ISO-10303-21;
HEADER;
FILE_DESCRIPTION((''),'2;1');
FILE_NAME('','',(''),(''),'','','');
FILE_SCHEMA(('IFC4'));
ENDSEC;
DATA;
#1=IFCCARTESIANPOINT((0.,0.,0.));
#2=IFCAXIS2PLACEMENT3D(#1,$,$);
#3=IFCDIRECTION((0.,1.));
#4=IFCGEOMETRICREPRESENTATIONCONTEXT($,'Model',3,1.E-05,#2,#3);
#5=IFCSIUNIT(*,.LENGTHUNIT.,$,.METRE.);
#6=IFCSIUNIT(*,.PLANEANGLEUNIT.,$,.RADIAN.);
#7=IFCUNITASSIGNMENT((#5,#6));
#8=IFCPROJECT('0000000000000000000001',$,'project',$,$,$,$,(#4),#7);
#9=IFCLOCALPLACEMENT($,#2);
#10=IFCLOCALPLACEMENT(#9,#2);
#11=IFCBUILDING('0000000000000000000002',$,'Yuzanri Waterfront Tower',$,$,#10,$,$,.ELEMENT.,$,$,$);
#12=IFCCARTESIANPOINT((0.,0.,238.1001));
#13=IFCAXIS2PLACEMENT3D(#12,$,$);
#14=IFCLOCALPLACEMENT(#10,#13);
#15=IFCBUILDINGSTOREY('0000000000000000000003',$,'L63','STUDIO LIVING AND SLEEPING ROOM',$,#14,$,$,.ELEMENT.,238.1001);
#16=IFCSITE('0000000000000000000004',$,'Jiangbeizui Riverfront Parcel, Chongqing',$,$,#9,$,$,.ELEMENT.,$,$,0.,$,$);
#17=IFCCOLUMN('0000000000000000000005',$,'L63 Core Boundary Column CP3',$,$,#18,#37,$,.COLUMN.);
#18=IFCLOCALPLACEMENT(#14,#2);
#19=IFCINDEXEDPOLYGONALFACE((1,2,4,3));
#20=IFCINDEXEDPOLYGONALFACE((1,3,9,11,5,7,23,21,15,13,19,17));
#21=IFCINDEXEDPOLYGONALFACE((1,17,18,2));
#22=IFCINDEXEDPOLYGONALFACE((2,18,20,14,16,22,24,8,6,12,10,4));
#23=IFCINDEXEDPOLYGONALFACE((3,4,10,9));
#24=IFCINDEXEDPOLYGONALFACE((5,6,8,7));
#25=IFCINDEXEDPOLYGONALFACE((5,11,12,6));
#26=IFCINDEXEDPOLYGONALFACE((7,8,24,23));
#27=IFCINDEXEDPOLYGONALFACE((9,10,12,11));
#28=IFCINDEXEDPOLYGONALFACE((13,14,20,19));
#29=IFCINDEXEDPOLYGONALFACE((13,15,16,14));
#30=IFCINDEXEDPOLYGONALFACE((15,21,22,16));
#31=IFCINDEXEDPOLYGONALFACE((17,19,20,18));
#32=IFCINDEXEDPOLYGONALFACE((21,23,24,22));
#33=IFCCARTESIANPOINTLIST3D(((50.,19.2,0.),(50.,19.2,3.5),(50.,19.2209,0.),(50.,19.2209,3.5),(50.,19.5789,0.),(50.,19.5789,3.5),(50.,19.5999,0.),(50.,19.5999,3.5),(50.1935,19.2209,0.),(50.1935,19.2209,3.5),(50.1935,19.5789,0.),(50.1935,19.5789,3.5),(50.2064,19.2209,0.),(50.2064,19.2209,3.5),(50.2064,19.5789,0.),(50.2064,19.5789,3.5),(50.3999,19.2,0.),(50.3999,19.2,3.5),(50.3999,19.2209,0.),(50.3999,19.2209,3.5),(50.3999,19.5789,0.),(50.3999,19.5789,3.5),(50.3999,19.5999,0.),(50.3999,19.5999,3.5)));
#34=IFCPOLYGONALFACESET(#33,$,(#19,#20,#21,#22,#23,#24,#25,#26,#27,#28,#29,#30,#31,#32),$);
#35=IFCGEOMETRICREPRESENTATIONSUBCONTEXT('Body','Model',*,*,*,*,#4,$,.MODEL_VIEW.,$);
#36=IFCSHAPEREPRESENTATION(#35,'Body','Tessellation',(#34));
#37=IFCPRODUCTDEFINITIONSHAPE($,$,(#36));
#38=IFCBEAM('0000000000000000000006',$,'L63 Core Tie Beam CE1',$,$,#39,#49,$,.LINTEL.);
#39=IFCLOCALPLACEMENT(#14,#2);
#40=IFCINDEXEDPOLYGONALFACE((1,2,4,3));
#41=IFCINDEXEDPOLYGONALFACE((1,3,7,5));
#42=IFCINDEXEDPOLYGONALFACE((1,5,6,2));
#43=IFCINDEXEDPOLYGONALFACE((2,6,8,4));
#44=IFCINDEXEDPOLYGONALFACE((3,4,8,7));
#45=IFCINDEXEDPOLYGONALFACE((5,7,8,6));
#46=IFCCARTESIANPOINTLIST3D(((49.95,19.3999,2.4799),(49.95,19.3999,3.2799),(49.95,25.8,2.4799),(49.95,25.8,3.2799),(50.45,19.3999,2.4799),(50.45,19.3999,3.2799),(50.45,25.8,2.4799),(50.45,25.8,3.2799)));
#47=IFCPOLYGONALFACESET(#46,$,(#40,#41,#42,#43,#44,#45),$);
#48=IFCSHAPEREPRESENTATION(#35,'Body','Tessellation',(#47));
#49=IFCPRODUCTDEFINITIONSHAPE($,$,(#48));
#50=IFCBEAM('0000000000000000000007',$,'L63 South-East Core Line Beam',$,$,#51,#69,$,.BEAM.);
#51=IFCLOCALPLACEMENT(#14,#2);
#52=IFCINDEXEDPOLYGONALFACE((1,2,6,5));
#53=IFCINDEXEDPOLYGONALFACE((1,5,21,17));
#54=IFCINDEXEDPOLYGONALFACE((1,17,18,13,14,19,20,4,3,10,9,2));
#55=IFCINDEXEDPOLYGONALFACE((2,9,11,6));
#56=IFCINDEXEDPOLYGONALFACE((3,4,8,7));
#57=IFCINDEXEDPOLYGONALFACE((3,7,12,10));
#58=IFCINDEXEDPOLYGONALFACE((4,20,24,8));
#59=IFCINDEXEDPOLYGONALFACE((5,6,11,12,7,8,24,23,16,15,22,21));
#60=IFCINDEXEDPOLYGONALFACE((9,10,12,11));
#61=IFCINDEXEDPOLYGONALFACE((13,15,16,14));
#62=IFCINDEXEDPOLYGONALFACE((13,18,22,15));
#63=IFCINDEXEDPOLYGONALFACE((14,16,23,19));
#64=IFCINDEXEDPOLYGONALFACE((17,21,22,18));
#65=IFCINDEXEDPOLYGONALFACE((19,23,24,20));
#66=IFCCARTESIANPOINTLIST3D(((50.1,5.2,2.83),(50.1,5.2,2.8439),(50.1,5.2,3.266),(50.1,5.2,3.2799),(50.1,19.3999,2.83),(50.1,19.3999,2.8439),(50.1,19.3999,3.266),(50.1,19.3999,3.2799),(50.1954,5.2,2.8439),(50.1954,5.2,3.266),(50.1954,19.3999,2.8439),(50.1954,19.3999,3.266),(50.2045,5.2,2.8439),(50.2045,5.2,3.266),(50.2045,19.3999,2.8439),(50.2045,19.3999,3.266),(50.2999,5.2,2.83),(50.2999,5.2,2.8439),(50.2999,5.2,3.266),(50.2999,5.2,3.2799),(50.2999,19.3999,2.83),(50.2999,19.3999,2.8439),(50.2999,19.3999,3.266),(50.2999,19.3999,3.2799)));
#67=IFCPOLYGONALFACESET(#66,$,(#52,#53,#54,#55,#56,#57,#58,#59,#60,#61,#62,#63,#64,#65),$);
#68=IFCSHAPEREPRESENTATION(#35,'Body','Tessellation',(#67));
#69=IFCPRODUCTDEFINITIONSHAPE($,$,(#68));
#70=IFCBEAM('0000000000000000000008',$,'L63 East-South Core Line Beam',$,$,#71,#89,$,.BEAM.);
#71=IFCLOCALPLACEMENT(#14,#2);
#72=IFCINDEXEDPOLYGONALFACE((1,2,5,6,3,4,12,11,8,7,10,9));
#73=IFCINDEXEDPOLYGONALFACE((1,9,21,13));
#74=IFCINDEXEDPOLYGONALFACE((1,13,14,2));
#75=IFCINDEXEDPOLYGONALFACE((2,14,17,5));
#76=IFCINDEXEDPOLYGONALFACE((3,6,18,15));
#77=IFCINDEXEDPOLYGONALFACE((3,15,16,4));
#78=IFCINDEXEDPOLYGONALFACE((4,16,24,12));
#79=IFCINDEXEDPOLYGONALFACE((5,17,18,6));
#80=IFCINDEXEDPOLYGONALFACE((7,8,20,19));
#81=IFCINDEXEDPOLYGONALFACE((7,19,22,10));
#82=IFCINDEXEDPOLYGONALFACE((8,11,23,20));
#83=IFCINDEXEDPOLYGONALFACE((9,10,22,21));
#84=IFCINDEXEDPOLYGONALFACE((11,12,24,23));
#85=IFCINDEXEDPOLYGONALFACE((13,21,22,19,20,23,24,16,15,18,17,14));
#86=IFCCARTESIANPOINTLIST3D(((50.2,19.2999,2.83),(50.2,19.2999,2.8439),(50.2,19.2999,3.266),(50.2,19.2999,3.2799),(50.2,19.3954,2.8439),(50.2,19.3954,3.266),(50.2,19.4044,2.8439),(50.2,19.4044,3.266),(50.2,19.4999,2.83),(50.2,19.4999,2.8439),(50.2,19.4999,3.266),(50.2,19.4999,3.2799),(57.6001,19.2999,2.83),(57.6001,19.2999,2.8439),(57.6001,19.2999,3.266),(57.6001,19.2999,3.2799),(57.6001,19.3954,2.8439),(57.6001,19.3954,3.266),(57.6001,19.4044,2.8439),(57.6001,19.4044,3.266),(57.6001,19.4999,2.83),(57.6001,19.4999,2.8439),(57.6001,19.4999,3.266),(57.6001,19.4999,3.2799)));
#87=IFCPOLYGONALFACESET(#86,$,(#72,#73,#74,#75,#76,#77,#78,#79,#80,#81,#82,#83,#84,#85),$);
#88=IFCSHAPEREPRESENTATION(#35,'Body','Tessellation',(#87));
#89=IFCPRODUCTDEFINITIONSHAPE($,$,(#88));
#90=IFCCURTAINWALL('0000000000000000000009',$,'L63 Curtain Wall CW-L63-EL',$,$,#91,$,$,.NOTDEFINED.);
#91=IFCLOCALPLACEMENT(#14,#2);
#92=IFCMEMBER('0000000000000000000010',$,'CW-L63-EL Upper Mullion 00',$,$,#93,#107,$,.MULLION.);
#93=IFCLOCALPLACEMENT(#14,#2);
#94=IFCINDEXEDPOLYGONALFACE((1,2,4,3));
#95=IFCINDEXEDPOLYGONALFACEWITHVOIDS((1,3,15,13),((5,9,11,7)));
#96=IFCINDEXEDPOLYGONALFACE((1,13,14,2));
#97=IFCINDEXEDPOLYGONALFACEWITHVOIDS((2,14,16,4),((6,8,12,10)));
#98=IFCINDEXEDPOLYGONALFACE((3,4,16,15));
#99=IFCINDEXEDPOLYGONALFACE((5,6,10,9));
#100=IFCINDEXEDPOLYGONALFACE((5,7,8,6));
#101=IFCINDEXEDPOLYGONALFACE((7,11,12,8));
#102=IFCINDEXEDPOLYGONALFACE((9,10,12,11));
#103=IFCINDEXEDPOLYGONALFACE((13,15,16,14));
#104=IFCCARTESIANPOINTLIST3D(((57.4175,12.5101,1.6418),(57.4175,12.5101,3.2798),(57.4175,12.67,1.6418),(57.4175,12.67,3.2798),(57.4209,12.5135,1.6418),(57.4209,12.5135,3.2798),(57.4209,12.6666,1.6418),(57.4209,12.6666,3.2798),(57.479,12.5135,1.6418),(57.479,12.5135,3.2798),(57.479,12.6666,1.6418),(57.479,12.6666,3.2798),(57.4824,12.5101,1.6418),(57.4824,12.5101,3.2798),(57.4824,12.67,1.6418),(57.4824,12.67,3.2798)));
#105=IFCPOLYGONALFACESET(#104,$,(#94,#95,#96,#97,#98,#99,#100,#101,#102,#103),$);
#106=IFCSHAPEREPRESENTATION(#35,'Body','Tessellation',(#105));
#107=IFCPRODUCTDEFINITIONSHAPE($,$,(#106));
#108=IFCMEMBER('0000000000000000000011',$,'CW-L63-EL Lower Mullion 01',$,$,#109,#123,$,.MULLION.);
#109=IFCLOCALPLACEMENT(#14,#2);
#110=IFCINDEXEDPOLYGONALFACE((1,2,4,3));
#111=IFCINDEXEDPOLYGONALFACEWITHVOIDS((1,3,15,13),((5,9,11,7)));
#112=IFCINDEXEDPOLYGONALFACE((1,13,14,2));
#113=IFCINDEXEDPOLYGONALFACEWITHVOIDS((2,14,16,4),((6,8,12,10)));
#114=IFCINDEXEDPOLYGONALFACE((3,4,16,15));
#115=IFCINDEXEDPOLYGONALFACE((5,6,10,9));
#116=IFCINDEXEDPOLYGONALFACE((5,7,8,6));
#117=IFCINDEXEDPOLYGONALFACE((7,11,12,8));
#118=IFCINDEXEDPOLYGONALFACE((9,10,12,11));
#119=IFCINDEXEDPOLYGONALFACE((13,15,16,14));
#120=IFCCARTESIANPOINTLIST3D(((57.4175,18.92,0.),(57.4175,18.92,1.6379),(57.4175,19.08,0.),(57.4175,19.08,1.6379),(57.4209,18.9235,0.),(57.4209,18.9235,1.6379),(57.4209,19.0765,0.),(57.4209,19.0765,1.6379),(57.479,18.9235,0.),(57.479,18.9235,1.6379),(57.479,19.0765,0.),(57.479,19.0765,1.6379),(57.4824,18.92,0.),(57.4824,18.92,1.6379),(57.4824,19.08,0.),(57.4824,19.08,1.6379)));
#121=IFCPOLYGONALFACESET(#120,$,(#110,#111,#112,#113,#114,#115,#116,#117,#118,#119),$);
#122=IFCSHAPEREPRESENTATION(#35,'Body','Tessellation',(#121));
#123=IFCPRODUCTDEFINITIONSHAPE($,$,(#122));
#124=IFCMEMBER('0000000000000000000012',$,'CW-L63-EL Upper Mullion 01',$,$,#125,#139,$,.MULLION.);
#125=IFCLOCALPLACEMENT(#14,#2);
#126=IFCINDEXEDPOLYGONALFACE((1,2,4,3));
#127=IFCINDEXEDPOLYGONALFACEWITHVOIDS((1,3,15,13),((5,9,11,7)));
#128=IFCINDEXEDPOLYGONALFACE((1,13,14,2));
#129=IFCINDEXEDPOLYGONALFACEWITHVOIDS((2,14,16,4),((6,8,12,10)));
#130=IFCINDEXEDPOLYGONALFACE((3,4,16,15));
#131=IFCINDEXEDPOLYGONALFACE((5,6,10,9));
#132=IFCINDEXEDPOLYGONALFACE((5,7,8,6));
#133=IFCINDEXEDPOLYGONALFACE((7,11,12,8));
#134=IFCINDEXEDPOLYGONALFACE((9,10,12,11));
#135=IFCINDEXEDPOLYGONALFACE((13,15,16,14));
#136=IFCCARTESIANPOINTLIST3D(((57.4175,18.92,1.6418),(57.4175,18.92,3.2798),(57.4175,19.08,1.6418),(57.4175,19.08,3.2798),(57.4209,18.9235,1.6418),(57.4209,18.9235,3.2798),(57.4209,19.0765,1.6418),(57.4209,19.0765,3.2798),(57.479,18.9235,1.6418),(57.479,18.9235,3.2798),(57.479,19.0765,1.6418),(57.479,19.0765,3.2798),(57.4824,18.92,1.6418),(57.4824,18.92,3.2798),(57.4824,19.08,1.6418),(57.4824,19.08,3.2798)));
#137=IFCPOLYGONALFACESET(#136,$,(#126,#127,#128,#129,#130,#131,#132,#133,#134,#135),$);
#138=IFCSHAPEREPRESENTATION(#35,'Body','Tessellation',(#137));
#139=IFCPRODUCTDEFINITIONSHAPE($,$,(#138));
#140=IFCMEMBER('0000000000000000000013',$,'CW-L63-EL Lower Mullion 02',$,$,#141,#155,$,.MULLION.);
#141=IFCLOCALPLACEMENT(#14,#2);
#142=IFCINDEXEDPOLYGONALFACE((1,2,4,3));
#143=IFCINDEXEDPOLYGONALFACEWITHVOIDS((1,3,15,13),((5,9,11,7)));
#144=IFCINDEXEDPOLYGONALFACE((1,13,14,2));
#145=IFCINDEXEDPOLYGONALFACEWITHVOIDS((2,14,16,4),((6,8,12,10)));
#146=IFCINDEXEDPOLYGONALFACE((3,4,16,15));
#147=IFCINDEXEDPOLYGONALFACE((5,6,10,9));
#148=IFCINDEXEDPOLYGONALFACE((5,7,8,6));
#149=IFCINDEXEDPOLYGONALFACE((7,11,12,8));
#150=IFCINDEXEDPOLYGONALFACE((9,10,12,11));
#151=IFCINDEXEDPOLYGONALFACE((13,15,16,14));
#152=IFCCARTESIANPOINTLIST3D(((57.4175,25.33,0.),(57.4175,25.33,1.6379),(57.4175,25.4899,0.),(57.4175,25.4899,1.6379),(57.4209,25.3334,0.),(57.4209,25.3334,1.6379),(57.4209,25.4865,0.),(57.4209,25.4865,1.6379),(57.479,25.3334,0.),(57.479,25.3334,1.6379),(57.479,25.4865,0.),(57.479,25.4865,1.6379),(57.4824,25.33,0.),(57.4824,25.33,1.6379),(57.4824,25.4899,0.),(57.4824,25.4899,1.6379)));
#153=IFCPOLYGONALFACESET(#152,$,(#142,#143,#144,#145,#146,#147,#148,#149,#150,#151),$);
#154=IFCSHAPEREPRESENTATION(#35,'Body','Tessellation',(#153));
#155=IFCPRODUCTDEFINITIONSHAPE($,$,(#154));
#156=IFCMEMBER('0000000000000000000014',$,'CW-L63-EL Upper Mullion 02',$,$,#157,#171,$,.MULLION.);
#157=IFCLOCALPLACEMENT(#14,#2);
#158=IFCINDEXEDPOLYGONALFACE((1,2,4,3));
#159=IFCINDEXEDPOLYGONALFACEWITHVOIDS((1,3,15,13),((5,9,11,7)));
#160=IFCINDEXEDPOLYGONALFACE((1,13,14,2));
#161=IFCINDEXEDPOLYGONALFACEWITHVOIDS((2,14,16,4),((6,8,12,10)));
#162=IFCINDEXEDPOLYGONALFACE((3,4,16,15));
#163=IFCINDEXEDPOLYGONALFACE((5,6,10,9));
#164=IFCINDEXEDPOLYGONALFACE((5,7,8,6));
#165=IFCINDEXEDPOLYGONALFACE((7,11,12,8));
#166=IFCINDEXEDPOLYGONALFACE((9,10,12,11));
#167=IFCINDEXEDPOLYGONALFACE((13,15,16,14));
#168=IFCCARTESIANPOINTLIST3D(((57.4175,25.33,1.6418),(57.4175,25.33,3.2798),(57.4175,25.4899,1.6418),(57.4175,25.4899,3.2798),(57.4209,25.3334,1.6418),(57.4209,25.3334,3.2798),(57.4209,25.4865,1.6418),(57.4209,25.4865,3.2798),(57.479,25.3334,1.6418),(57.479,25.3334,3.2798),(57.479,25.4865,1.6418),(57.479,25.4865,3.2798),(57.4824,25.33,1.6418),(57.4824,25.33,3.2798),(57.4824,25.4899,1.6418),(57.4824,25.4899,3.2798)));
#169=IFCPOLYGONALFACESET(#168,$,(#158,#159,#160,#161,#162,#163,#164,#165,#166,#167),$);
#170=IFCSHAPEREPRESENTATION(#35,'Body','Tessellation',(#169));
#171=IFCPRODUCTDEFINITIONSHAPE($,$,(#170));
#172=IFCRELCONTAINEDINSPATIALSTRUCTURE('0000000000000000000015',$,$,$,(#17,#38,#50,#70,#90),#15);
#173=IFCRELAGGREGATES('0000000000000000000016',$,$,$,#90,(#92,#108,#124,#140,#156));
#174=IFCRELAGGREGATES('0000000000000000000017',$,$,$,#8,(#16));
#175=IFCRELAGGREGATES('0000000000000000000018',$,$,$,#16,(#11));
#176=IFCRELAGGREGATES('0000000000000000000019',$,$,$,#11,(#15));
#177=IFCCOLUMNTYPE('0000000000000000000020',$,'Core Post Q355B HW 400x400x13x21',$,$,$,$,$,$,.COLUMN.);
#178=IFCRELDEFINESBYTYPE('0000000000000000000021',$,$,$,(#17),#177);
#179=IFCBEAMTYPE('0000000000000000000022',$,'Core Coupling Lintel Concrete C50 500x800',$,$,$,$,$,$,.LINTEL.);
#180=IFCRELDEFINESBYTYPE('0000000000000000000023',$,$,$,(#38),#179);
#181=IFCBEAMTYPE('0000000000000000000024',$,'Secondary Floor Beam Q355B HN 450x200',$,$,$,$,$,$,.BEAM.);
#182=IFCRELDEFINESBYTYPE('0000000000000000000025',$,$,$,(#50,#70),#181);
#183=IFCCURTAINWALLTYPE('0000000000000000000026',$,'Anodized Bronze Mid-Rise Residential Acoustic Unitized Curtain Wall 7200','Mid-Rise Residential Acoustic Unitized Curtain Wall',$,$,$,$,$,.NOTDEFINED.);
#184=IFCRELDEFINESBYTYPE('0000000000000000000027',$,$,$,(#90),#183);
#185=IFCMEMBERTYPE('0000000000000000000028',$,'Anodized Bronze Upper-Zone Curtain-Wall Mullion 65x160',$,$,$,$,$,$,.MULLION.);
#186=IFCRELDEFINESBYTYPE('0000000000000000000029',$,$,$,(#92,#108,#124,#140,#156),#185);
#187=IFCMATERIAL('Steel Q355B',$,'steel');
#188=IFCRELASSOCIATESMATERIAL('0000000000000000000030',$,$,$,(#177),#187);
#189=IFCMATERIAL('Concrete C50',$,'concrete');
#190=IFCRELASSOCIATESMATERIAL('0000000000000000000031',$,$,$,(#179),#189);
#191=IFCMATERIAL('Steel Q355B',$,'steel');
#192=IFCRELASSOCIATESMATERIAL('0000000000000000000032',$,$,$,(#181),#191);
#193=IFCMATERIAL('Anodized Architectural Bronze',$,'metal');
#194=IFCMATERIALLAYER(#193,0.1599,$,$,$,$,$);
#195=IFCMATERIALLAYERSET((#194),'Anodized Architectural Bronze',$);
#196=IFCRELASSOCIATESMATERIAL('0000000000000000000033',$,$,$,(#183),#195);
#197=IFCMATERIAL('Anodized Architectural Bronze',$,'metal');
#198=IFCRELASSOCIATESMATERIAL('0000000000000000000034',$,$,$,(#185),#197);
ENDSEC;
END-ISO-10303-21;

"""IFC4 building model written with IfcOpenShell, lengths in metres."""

from ifc_helpers import new_model, si_unit, direction, frame, origin, origin_2d, place, context, subcontext, project, spatial, rectangle, hollow_rectangle, i_section, extrude, source, transform, mapped, material, layer, layer_set, material_profile, profile_set, type_object, element, aggregate, save


model = new_model("IFC4")

# Units and contexts
model_context = context("Model", 3, precision=1e-05, world=origin(), true_north=direction((0.0, 1.0)))
body_context = subcontext(model_context, "Body", "Model", "MODEL_VIEW")
ifc_project = project(units=[si_unit("LENGTHUNIT", "METRE"), si_unit("PLANEANGLEUNIT", "RADIAN")], contexts=[model_context])

# Site, building, storey
site_placement = place(None, origin())
site = spatial("IfcSite", under=ifc_project, at=site_placement, Name="Jiangbeizui Riverfront Parcel, Chongqing", CompositionType="ELEMENT", RefElevation=0.0)
building_placement = place(site_placement, origin())
building = spatial("IfcBuilding", under=site, at=building_placement, Name="Yuzanri Waterfront Tower", CompositionType="ELEMENT")
storey_placement = place(building_placement, frame((0.0, 0.0, 238.1001)))
storey = spatial("IfcBuildingStorey", under=building, at=storey_placement, Name="L63", Description="STUDIO LIVING AND SLEEPING ROOM", CompositionType="ELEMENT", Elevation=238.1001)

# Column
ifc_material_1 = material(Name="Steel Q355B", Category="steel")
ifc_material_profile_1 = material_profile(ifc_material_1, i_section(OverallWidth=0.3999, OverallDepth=0.3999, WebThickness=0.0129, FlangeThickness=0.021, at=origin_2d()), Name="HW 400x400x13x21")
ifc_profile_set_1 = profile_set([ifc_material_profile_1], Name="Steel Q355B")
column_type = type_object("IfcColumnType", Name="Core Post Q355B HW 400x400x13x21", PredefinedType="COLUMN", material=ifc_profile_set_1)
shared_shape_1 = source(origin(), body_context, "Body", "SweptSolid", [
    extrude(i_section(OverallWidth=0.3999, OverallDepth=0.3999, WebThickness=0.0129, FlangeThickness=0.021, at=origin_2d()), origin(), (0.0, 0.0, 1.0), 3.5),
])
column_placement = place(storey_placement, frame((50.2, 19.3999, 0.0), z_axis=(0.0, 0.0, 1.0), x_axis=(1.0, 0.0, 0.0)))
element("IfcColumn", 1, at=column_placement, inside=storey, type_object=column_type, Name="L63 Core Boundary Column CP3", PredefinedType="COLUMN", context=body_context, shape_type="MappedRepresentation", body=[
    mapped(shared_shape_1, transform((0.0, 0.0, 0.0), scale=1.0)),
])

# Beams
ifc_material_2 = material(Name="Concrete C50", Category="concrete")
ifc_material_profile_2 = material_profile(ifc_material_2, rectangle(XDim=0.5, YDim=0.8, at=origin_2d()), Name="RC 500x800")
ifc_profile_set_2 = profile_set([ifc_material_profile_2], Name="Concrete C50")
beam_type_1 = type_object("IfcBeamType", Name="Core Coupling Lintel Concrete C50 500x800", PredefinedType="LINTEL", material=ifc_profile_set_2)
shared_shape_2 = source(origin(), body_context, "Body", "SweptSolid", [
    extrude(rectangle(XDim=0.5, YDim=0.8, at=origin_2d()), origin(), (0.0, 0.0, 1.0), 6.4001),
])
beam_1_placement = place(storey_placement, frame((50.2, 19.3999, 2.8799), z_axis=(0.0, 1.0, 0.0), x_axis=(-1.0, 0.0, 0.0)))
element("IfcBeam", 2, at=beam_1_placement, inside=storey, type_object=beam_type_1, Name="L63 Core Tie Beam CE1", PredefinedType="LINTEL", context=body_context, shape_type="MappedRepresentation", body=[
    mapped(shared_shape_2, transform((0.0, 0.0, 0.0), scale=1.0)),
])
ifc_material_3 = material(Name="Steel Q355B", Category="steel")
ifc_material_profile_3 = material_profile(ifc_material_3, i_section(OverallWidth=0.2, OverallDepth=0.45, WebThickness=0.009, FlangeThickness=0.0139, at=origin_2d()), Name="HN 450x200x9x14")
ifc_profile_set_3 = profile_set([ifc_material_profile_3], Name="Steel Q355B")
beam_type_2 = type_object("IfcBeamType", Name="Secondary Floor Beam Q355B HN 450x200", PredefinedType="BEAM", material=ifc_profile_set_3)
shared_shape_3 = source(origin(), body_context, "Body", "SweptSolid", [
    extrude(i_section(OverallWidth=0.2, OverallDepth=0.45, WebThickness=0.009, FlangeThickness=0.0139, at=origin_2d()), origin(), (0.0, 0.0, 1.0), 14.2),
])
beam_2_placement = place(storey_placement, frame((50.2, 19.3999, 3.0549), z_axis=(0.0, -1.0, 0.0), x_axis=(1.0, 0.0, 0.0)))
element("IfcBeam", 3, at=beam_2_placement, inside=storey, type_object=beam_type_2, Name="L63 South-East Core Line Beam", PredefinedType="BEAM", context=body_context, shape_type="MappedRepresentation", body=[
    mapped(shared_shape_3, transform((0.0, 0.0, 0.0), scale=1.0)),
])
shared_shape_4 = source(origin(), body_context, "Body", "SweptSolid", [
    extrude(i_section(OverallWidth=0.2, OverallDepth=0.45, WebThickness=0.009, FlangeThickness=0.0139, at=origin_2d()), origin(), (0.0, 0.0, 1.0), 7.4001),
])
beam_3_placement = place(storey_placement, frame((50.2, 19.3999, 3.0549), z_axis=(1.0, 0.0, 0.0), x_axis=(0.0, 1.0, 0.0)))
element("IfcBeam", 4, at=beam_3_placement, inside=storey, type_object=beam_type_2, Name="L63 East-South Core Line Beam", PredefinedType="BEAM", context=body_context, shape_type="MappedRepresentation", body=[
    mapped(shared_shape_4, transform((0.0, 0.0, 0.0), scale=1.0)),
])

# Curtain wall, members
ifc_material_4 = material(Name="Anodized Architectural Bronze", Category="metal")
ifc_layer_1 = layer(ifc_material_4, 0.1599)
ifc_layer_set_1 = layer_set([ifc_layer_1], Name="Anodized Architectural Bronze")
curtain_wall_type = type_object("IfcCurtainWallType", Name="Anodized Bronze Mid-Rise Residential Acoustic Unitized Curtain Wall 7200", Description="Mid-Rise Residential Acoustic Unitized Curtain Wall", PredefinedType="NOTDEFINED", material=ifc_layer_set_1)
curtain_wall_placement = place(storey_placement, origin())
curtain_wall = element("IfcCurtainWall", 5, at=curtain_wall_placement, inside=storey, type_object=curtain_wall_type, Name="L63 Curtain Wall CW-L63-EL", PredefinedType="NOTDEFINED")
ifc_material_5 = material(Name="Anodized Architectural Bronze", Category="metal")
ifc_material_profile_4 = material_profile(ifc_material_5, hollow_rectangle(XDim=0.0649, YDim=0.1599, WallThickness=0.0034, at=origin_2d()), Name="CWM 65x160")
ifc_profile_set_4 = profile_set([ifc_material_profile_4], Name="Anodized Architectural Bronze")
member_type = type_object("IfcMemberType", Name="Anodized Bronze Upper-Zone Curtain-Wall Mullion 65x160", PredefinedType="MULLION", material=ifc_profile_set_4)
shared_shape_5 = source(origin(), body_context, "Body", "SweptSolid", [
    extrude(hollow_rectangle(XDim=0.0649, YDim=0.1599, WallThickness=0.0034, at=origin_2d()), origin(), (0.0, 0.0, 1.0), 1.6379),
])
member_1_placement = place(storey_placement, frame((57.45, 12.5901, 1.6418), z_axis=(0.0, 0.0, 1.0), x_axis=(1.0, 0.0, 0.0)))
member_1 = element("IfcMember", 6, at=member_1_placement, type_object=member_type, Name="CW-L63-EL Upper Mullion 00", PredefinedType="MULLION", context=body_context, shape_type="MappedRepresentation", body=[
    mapped(shared_shape_5, transform((0.0, 0.0, 0.0), scale=1.0)),
])
member_2_placement = place(storey_placement, frame((57.45, 19.0, 0.0), z_axis=(0.0, 0.0, 1.0), x_axis=(1.0, 0.0, 0.0)))
member_2 = element("IfcMember", 7, at=member_2_placement, type_object=member_type, Name="CW-L63-EL Lower Mullion 01", PredefinedType="MULLION", context=body_context, shape_type="MappedRepresentation", body=[
    mapped(shared_shape_5, transform((0.0, 0.0, 0.0), scale=1.0)),
])
member_3_placement = place(storey_placement, frame((57.45, 19.0, 1.6418), z_axis=(0.0, 0.0, 1.0), x_axis=(1.0, 0.0, 0.0)))
member_3 = element("IfcMember", 8, at=member_3_placement, type_object=member_type, Name="CW-L63-EL Upper Mullion 01", PredefinedType="MULLION", context=body_context, shape_type="MappedRepresentation", body=[
    mapped(shared_shape_5, transform((0.0, 0.0, 0.0), scale=1.0)),
])
member_4_placement = place(storey_placement, frame((57.45, 25.4099, 0.0), z_axis=(0.0, 0.0, 1.0), x_axis=(1.0, 0.0, 0.0)))
member_4 = element("IfcMember", 9, at=member_4_placement, type_object=member_type, Name="CW-L63-EL Lower Mullion 02", PredefinedType="MULLION", context=body_context, shape_type="MappedRepresentation", body=[
    mapped(shared_shape_5, transform((0.0, 0.0, 0.0), scale=1.0)),
])
member_5_placement = place(storey_placement, frame((57.45, 25.4099, 1.6418), z_axis=(0.0, 0.0, 1.0), x_axis=(1.0, 0.0, 0.0)))
member_5 = element("IfcMember", 10, at=member_5_placement, type_object=member_type, Name="CW-L63-EL Upper Mullion 02", PredefinedType="MULLION", context=body_context, shape_type="MappedRepresentation", body=[
    mapped(shared_shape_5, transform((0.0, 0.0, 0.0), scale=1.0)),
])
aggregate(curtain_wall, [member_1, member_2, member_3, member_4, member_5])

save(model, "model.ifc")
